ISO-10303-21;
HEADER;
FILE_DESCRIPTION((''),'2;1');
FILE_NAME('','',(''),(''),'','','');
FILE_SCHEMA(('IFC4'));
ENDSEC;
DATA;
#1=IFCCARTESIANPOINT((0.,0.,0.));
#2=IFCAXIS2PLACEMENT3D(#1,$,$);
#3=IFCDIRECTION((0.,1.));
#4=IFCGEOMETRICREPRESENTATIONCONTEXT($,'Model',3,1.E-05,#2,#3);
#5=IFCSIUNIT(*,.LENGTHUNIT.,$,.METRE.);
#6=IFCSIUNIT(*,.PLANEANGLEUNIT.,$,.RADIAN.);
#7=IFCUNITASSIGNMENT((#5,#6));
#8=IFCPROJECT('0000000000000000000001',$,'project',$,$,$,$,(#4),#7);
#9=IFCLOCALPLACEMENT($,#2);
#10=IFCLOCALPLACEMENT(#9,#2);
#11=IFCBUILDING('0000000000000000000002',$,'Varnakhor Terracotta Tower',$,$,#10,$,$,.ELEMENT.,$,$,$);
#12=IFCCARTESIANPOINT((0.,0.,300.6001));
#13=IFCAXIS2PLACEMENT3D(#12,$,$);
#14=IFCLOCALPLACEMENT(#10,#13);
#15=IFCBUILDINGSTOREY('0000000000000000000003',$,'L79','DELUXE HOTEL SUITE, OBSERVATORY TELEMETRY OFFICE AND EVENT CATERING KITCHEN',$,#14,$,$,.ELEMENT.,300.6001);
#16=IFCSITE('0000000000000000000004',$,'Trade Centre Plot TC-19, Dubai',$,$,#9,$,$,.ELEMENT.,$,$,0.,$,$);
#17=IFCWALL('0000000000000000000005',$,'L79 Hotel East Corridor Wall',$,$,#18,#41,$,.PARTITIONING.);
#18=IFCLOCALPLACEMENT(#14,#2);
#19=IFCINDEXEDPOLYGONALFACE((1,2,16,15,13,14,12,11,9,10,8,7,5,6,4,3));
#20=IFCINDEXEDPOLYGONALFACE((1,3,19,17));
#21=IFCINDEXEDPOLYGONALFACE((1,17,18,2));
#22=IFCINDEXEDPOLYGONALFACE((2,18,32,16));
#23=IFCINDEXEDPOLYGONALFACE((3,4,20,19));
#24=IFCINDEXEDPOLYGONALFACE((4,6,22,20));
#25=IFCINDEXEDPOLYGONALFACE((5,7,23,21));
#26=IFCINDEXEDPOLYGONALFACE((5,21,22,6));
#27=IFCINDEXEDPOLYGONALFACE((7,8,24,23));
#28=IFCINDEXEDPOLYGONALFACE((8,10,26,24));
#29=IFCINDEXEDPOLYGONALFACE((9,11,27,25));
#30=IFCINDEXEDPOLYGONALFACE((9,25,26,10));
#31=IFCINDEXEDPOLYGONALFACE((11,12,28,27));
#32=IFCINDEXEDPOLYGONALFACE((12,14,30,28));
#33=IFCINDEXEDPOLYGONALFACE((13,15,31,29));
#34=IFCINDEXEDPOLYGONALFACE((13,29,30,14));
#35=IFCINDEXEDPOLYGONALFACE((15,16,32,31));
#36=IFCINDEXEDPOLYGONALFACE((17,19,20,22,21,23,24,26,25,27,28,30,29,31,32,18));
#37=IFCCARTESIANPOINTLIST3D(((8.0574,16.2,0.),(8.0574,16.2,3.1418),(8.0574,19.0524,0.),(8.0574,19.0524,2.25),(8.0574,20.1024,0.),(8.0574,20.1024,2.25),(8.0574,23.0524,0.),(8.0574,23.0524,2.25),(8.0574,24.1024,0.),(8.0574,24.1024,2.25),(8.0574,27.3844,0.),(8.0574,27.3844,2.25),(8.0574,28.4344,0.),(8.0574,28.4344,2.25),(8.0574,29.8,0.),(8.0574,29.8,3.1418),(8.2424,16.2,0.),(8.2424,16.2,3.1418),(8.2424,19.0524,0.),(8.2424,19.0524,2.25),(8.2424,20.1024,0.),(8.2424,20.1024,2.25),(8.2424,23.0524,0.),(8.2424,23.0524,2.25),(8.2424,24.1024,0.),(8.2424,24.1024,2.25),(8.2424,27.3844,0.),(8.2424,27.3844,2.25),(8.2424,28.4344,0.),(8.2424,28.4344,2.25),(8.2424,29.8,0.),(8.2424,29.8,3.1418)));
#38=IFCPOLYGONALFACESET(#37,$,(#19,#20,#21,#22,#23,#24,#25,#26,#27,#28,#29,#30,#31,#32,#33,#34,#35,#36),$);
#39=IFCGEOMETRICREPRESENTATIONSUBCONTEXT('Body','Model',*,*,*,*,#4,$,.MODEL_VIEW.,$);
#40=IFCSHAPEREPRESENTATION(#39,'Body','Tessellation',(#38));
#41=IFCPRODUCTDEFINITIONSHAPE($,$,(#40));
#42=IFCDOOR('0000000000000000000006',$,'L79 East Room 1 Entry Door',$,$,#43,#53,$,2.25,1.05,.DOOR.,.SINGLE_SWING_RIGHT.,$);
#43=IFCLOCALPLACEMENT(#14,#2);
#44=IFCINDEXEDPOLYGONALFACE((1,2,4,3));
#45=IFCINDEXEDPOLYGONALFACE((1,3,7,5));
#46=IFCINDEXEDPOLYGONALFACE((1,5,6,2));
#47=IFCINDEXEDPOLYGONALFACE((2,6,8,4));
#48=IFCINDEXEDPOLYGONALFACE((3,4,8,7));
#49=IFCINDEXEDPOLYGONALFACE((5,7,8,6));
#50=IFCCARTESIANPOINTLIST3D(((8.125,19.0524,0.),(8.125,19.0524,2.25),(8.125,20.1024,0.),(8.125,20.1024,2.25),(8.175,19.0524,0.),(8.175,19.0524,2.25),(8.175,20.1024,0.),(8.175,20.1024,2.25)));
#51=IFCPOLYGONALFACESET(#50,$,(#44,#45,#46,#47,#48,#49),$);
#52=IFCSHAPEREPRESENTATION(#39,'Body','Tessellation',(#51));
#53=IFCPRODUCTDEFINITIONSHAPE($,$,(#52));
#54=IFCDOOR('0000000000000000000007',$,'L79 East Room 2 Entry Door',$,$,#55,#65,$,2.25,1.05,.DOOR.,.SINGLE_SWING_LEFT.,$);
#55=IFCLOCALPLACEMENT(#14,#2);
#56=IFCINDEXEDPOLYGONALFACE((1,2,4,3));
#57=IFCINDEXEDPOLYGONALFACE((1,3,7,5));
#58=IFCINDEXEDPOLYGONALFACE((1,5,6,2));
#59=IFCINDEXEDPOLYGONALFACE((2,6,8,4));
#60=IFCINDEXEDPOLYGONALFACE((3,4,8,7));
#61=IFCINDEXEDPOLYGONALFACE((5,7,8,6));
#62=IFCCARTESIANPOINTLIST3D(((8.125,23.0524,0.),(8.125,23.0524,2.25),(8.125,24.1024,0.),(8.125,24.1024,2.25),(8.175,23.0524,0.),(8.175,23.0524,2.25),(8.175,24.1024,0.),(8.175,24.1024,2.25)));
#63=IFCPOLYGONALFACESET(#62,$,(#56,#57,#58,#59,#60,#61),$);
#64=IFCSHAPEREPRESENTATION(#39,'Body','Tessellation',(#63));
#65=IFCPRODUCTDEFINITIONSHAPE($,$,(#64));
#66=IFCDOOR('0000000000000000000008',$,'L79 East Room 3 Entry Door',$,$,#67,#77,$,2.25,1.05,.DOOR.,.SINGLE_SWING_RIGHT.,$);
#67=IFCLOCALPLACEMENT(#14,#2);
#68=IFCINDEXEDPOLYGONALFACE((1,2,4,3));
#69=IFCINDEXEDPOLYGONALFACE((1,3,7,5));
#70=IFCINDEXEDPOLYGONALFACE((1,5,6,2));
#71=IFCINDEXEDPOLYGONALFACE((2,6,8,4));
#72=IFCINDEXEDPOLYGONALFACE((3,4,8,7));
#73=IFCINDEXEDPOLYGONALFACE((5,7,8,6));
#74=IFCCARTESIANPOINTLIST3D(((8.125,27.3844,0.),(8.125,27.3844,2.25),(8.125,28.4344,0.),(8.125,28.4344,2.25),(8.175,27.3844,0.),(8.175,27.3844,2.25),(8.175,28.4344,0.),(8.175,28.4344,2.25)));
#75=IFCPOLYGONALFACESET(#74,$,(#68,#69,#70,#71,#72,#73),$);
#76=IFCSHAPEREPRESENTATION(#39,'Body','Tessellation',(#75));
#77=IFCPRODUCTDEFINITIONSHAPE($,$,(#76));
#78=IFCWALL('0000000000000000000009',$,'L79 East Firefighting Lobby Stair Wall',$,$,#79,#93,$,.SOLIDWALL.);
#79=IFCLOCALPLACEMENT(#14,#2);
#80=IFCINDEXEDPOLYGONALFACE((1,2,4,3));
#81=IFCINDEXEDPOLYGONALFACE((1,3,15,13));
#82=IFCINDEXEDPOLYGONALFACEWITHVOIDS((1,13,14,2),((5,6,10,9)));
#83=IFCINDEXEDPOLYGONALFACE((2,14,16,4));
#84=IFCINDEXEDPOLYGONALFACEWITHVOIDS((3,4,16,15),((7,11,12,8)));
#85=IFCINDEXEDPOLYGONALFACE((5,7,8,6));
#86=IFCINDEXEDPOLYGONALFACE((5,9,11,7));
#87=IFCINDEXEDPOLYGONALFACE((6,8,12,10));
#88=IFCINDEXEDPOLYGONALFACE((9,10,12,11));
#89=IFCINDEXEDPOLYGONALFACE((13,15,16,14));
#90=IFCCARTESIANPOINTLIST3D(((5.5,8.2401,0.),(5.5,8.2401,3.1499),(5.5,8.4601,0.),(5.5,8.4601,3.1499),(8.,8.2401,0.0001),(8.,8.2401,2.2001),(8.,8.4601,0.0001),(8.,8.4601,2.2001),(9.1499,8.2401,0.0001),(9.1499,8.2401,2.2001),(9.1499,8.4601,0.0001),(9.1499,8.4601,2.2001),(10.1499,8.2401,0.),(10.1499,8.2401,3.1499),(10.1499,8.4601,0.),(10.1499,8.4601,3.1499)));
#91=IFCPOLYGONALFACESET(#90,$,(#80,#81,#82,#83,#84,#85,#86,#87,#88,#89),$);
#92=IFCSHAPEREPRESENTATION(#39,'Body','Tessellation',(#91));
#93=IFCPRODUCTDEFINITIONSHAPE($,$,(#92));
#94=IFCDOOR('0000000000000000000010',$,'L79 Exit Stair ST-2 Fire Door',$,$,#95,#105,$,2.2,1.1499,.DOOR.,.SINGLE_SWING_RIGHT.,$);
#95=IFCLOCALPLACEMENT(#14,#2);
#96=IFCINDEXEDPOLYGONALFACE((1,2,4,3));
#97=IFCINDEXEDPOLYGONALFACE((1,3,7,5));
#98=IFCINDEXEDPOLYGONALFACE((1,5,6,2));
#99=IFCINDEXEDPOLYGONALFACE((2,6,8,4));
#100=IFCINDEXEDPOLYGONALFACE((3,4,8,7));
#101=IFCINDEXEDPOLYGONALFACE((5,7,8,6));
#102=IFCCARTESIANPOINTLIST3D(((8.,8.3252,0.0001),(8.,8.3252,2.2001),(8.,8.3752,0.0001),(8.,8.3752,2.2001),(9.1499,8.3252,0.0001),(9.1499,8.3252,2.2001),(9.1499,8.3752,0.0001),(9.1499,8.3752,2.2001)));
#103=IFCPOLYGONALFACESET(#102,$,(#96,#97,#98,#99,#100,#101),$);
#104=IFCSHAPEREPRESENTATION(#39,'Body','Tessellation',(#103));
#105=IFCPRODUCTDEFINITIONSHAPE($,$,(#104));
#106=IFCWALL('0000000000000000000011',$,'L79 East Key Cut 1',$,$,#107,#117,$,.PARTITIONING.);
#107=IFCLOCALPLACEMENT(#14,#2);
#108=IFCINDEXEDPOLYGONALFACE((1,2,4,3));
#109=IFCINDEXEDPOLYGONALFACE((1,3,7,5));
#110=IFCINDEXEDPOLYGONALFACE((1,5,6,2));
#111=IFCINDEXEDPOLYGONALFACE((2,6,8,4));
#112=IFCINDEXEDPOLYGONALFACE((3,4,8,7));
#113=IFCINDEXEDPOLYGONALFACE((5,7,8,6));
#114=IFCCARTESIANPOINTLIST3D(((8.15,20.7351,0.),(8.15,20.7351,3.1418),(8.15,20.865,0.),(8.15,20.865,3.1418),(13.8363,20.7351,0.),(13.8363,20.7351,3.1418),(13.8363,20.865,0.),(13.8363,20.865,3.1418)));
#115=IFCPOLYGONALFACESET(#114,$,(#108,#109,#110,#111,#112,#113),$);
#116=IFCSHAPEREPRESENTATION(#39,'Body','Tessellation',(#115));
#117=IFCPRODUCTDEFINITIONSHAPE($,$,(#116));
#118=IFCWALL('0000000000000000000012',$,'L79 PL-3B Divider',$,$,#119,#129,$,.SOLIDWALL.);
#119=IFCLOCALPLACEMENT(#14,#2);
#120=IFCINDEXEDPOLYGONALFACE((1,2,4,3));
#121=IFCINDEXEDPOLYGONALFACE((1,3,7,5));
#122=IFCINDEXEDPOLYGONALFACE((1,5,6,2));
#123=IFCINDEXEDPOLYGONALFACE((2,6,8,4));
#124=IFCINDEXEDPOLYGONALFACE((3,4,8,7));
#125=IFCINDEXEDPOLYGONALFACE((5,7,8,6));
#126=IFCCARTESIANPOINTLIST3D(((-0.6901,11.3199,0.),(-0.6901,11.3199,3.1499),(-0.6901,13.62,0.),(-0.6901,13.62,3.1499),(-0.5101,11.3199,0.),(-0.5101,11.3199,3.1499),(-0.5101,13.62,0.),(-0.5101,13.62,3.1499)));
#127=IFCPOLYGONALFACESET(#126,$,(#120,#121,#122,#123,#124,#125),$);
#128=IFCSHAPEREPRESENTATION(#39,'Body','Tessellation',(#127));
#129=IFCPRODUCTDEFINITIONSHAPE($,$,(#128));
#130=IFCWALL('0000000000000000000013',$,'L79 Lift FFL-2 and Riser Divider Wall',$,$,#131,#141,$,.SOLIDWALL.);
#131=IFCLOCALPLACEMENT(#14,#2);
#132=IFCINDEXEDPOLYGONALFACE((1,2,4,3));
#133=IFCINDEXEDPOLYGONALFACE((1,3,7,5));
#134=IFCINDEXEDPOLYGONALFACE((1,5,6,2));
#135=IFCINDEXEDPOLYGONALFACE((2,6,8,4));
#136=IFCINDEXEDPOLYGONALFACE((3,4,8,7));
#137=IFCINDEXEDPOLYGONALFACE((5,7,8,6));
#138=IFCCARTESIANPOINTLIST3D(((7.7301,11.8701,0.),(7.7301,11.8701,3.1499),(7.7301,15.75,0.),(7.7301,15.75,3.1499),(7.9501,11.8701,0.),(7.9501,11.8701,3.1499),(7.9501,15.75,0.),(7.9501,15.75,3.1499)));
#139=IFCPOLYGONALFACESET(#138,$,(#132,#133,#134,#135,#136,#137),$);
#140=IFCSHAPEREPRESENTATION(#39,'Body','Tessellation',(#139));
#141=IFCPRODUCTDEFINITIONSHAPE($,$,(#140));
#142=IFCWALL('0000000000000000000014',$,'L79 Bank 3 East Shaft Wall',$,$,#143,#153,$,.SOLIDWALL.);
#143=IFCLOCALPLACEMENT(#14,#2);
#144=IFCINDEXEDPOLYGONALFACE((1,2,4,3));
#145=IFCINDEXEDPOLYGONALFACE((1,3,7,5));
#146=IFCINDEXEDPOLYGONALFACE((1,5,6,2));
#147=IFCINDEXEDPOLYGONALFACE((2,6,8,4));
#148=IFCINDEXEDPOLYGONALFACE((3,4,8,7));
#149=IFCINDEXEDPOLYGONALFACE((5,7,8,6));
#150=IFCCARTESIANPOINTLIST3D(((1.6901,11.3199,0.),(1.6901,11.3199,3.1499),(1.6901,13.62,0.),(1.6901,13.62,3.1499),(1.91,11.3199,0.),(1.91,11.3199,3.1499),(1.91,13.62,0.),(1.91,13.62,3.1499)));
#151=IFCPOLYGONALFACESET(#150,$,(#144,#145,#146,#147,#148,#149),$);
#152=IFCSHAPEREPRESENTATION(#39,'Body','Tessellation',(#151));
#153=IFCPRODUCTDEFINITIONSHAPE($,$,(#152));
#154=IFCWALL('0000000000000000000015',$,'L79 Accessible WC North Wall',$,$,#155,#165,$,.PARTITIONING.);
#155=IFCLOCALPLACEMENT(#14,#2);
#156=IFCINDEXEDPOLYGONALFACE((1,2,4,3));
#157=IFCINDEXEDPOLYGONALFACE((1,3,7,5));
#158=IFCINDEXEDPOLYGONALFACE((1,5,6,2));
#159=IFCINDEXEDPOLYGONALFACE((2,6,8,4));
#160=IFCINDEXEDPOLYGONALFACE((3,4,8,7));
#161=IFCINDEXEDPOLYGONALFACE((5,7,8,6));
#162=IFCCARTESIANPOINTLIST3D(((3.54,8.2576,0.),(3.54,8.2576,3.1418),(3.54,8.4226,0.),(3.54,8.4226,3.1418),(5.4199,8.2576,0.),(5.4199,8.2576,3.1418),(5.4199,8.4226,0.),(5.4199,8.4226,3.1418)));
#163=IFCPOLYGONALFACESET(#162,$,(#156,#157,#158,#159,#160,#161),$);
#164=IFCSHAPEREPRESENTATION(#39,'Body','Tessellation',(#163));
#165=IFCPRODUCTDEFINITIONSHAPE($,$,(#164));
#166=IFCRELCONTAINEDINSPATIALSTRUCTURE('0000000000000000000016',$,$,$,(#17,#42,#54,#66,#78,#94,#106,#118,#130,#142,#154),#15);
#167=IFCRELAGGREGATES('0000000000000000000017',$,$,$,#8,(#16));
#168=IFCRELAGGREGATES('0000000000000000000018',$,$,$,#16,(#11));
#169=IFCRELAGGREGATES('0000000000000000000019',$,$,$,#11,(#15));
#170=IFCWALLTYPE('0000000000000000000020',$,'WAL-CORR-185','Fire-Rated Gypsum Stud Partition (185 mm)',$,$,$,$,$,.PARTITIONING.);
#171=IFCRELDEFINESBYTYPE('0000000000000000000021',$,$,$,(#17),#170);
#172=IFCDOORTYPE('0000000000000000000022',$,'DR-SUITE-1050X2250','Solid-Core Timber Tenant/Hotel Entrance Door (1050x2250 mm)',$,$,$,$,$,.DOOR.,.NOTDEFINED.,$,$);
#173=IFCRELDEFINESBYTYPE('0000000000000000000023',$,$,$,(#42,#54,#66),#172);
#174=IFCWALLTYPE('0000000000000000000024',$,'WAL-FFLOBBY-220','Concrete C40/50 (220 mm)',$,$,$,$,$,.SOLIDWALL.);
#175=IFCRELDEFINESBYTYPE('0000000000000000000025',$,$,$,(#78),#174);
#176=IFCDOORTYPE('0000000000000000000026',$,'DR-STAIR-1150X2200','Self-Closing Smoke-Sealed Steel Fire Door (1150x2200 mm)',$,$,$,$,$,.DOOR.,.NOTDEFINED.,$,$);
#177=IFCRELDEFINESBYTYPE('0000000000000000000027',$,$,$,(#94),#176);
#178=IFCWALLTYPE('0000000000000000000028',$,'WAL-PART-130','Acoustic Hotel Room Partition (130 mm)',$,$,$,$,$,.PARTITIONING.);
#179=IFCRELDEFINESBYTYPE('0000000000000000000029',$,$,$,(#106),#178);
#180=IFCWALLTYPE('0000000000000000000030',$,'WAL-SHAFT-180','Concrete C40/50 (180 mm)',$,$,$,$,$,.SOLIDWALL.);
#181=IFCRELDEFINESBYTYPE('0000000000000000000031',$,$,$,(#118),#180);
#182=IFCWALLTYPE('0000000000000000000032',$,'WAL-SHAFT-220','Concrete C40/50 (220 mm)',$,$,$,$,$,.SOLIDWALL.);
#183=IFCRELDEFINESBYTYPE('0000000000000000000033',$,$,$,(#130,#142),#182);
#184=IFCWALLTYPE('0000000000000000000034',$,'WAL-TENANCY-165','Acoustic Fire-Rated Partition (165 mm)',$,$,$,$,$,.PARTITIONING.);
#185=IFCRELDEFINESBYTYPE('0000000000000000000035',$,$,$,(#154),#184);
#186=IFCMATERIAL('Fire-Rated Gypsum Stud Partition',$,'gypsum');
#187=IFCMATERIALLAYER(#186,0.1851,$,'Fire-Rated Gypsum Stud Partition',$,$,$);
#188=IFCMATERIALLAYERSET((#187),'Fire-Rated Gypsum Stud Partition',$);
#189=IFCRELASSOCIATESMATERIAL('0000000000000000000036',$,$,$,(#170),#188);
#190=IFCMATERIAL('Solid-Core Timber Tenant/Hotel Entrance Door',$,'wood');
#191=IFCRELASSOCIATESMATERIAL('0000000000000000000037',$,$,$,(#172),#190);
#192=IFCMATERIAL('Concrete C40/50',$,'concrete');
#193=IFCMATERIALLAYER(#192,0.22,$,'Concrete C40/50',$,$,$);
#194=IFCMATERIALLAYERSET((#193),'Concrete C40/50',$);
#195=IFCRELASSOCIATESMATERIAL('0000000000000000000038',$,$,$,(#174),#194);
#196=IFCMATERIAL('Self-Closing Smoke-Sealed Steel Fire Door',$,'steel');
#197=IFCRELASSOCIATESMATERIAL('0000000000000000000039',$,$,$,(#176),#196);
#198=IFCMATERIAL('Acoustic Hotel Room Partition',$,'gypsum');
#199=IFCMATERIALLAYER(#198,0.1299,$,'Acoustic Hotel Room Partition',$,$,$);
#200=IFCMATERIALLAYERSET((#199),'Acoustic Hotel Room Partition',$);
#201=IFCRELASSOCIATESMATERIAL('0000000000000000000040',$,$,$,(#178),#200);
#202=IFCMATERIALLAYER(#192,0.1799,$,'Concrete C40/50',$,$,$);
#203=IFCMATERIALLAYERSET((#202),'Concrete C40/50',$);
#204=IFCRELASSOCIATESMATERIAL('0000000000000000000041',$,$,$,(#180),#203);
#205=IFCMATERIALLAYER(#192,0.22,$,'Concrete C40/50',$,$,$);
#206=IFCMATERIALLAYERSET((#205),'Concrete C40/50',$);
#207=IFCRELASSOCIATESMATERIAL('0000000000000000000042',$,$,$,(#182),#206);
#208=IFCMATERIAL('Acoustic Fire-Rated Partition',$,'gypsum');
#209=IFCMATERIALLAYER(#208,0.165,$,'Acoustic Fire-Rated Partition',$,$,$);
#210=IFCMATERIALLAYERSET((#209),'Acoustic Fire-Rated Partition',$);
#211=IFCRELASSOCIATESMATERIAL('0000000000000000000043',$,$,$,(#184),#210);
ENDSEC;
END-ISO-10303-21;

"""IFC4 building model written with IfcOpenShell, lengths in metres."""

from ifc_helpers import new_model, si_unit, direction, frame, frame_2d, origin, place, context, subcontext, project, spatial, rectangle, extrude, source, transform, mapped, material, layer, layer_set, type_object, type_shapes, element, fill, save


model = new_model("IFC4")

# Units and contexts
model_context = context("Model", 3, precision=1e-05, world=origin(), true_north=direction((0.0, 1.0)))
body_context = subcontext(model_context, "Body", "Model", "MODEL_VIEW")
ifc_project = project(units=[si_unit("LENGTHUNIT", "METRE"), si_unit("PLANEANGLEUNIT", "RADIAN")], contexts=[model_context])

# Site, building, storey
site_placement = place(None, origin())
site = spatial("IfcSite", under=ifc_project, at=site_placement, Name="Trade Centre Plot TC-19, Dubai", CompositionType="ELEMENT", RefElevation=0.0)
building_placement = place(site_placement, origin())
building = spatial("IfcBuilding", under=site, at=building_placement, Name="Varnakhor Terracotta Tower", CompositionType="ELEMENT")
storey_placement = place(building_placement, frame((0.0, 0.0, 300.6001)))
storey = spatial("IfcBuildingStorey", under=building, at=storey_placement, Name="L79", Description="DELUXE HOTEL SUITE, OBSERVATORY TELEMETRY OFFICE AND EVENT CATERING KITCHEN", CompositionType="ELEMENT", Elevation=300.6001)

# Shared definitions
ifc_material_1 = material(Name="Fire-Rated Gypsum Stud Partition", Category="gypsum")
ifc_layer_1 = layer(ifc_material_1, 0.1851, Name="Fire-Rated Gypsum Stud Partition")
ifc_layer_set_1 = layer_set([ifc_layer_1], Name="Fire-Rated Gypsum Stud Partition")
wall_type_1 = type_object("IfcWallType", Name="WAL-CORR-185", Description="Fire-Rated Gypsum Stud Partition (185 mm)", PredefinedType="PARTITIONING", material=ifc_layer_set_1)

# Wall, openings, doors
wall_1_placement = place(storey_placement, frame((8.1499, 16.2, 0.0), z_axis=(0.0, 0.0, 1.0), x_axis=(0.0, 1.0, 0.0)))
wall_1 = element("IfcWall", 1, at=wall_1_placement, inside=storey, type_object=wall_type_1, Name="L79 Hotel East Corridor Wall", PredefinedType="PARTITIONING", context=body_context, shape_type="SweptSolid", body=[
    extrude(rectangle(XDim=13.6001, YDim=0.1851, at=frame_2d((6.8, 0.0))), origin(), (0.0, 0.0, 1.0), 3.1418),
])
opening_1_placement = place(wall_1_placement, frame((2.8525, 0.0, 0.0)))
opening_1 = element("IfcOpeningElement", 2, at=opening_1_placement, cuts=wall_1, PredefinedType="OPENING", context=body_context, shape_type="SweptSolid", body=[
    extrude(rectangle(XDim=1.05, YDim=2.25, at=frame_2d((0.5249, 1.125))), frame((0.0, 0.1025, 0.0), z_axis=(0.0, -1.0, 0.0), x_axis=(1.0, 0.0, 0.0)), (0.0, 0.0, 1.0), 0.2051),
])
opening_2_placement = place(wall_1_placement, frame((6.8525, 0.0, 0.0)))
opening_2 = element("IfcOpeningElement", 3, at=opening_2_placement, cuts=wall_1, PredefinedType="OPENING", context=body_context, shape_type="SweptSolid", body=[
    extrude(rectangle(XDim=1.05, YDim=2.25, at=frame_2d((0.5249, 1.125))), frame((0.0, 0.1025, 0.0), z_axis=(0.0, -1.0, 0.0), x_axis=(1.0, 0.0, 0.0)), (0.0, 0.0, 1.0), 0.2051),
])
opening_3_placement = place(wall_1_placement, frame((11.1846, 0.0, 0.0)))
opening_3 = element("IfcOpeningElement", 4, at=opening_3_placement, cuts=wall_1, PredefinedType="OPENING", context=body_context, shape_type="SweptSolid", body=[
    extrude(rectangle(XDim=1.05, YDim=2.25, at=frame_2d((0.5249, 1.125))), frame((0.0, 0.1025, 0.0), z_axis=(0.0, -1.0, 0.0), x_axis=(1.0, 0.0, 0.0)), (0.0, 0.0, 1.0), 0.2051),
])
ifc_material_2 = material(Name="Solid-Core Timber Tenant/Hotel Entrance Door", Category="wood")
door_type_1 = type_object("IfcDoorType", Name="DR-SUITE-1050X2250", Description="Solid-Core Timber Tenant/Hotel Entrance Door (1050x2250 mm)", OperationType="NOTDEFINED", PredefinedType="DOOR", material=ifc_material_2)
shared_shape_1 = source(origin(), body_context, "Body", "SweptSolid", [
    extrude(rectangle(XDim=1.05, YDim=2.25, at=frame_2d((0.5249, 1.125))), frame((0.0, 0.0249, 0.0), z_axis=(0.0, -1.0, 0.0), x_axis=(1.0, 0.0, 0.0)), (0.0, 0.0, 1.0), 0.05),
])
type_shapes(door_type_1, [shared_shape_1])
door_1_placement = place(opening_1_placement, origin())
door_1 = element("IfcDoor", 5, at=door_1_placement, inside=storey, type_object=door_type_1, Name="L79 East Room 1 Entry Door", OperationType="SINGLE_SWING_RIGHT", OverallHeight=2.25, OverallWidth=1.05, PredefinedType="DOOR", context=body_context, shape_type="MappedRepresentation", body=[
    mapped(shared_shape_1, transform((0.0, 0.0, 0.0), scale=1.0)),
])
fill(opening_1, door_1)
door_2_placement = place(opening_2_placement, origin())
door_2 = element("IfcDoor", 6, at=door_2_placement, inside=storey, type_object=door_type_1, Name="L79 East Room 2 Entry Door", OperationType="SINGLE_SWING_LEFT", OverallHeight=2.25, OverallWidth=1.05, PredefinedType="DOOR", context=body_context, shape_type="MappedRepresentation", body=[
    mapped(shared_shape_1, transform((0.0, 0.0, 0.0), scale=1.0)),
])
fill(opening_2, door_2)
door_3_placement = place(opening_3_placement, origin())
door_3 = element("IfcDoor", 7, at=door_3_placement, inside=storey, type_object=door_type_1, Name="L79 East Room 3 Entry Door", OperationType="SINGLE_SWING_RIGHT", OverallHeight=2.25, OverallWidth=1.05, PredefinedType="DOOR", context=body_context, shape_type="MappedRepresentation", body=[
    mapped(shared_shape_1, transform((0.0, 0.0, 0.0), scale=1.0)),
])
fill(opening_3, door_3)

# Wall, opening, door
ifc_material_3 = material(Name="Concrete C40/50", Category="concrete")
ifc_layer_2 = layer(ifc_material_3, 0.22, Name="Concrete C40/50")
ifc_layer_set_2 = layer_set([ifc_layer_2], Name="Concrete C40/50")
wall_type_2 = type_object("IfcWallType", Name="WAL-FFLOBBY-220", Description="Concrete C40/50 (220 mm)", PredefinedType="SOLIDWALL", material=ifc_layer_set_2)
wall_2_placement = place(storey_placement, frame((10.1499, 8.3501, 0.0), z_axis=(0.0, 0.0, 1.0), x_axis=(-1.0, 0.0, 0.0)))
wall_2 = element("IfcWall", 8, at=wall_2_placement, inside=storey, type_object=wall_type_2, Name="L79 East Firefighting Lobby Stair Wall", PredefinedType="SOLIDWALL", context=body_context, shape_type="SweptSolid", body=[
    extrude(rectangle(XDim=4.6499, YDim=0.22, at=frame_2d((2.325, 0.0))), origin(), (0.0, 0.0, 1.0), 3.1499),
])
opening_4_placement = place(wall_2_placement, frame((1.0, 0.0, 0.0)))
opening_4 = element("IfcOpeningElement", 9, at=opening_4_placement, cuts=wall_2, PredefinedType="OPENING", context=body_context, shape_type="SweptSolid", body=[
    extrude(rectangle(XDim=1.1499, YDim=2.2, at=frame_2d((0.575, 1.1001))), frame((0.0, 0.1201, 0.0), z_axis=(0.0, -1.0, 0.0), x_axis=(1.0, 0.0, 0.0)), (0.0, 0.0, 1.0), 0.24),
])
ifc_material_4 = material(Name="Self-Closing Smoke-Sealed Steel Fire Door", Category="steel")
door_type_2 = type_object("IfcDoorType", Name="DR-STAIR-1150X2200", Description="Self-Closing Smoke-Sealed Steel Fire Door (1150x2200 mm)", OperationType="NOTDEFINED", PredefinedType="DOOR", material=ifc_material_4)
shared_shape_2 = source(origin(), body_context, "Body", "SweptSolid", [
    extrude(rectangle(XDim=1.1499, YDim=2.2, at=frame_2d((0.575, 1.1001))), frame((0.0, 0.0249, 0.0), z_axis=(0.0, -1.0, 0.0), x_axis=(1.0, 0.0, 0.0)), (0.0, 0.0, 1.0), 0.05),
])
type_shapes(door_type_2, [shared_shape_2])
door_4_placement = place(opening_4_placement, origin())
door_4 = element("IfcDoor", 10, at=door_4_placement, inside=storey, type_object=door_type_2, Name="L79 Exit Stair ST-2 Fire Door", OperationType="SINGLE_SWING_RIGHT", OverallHeight=2.2, OverallWidth=1.1499, PredefinedType="DOOR", context=body_context, shape_type="MappedRepresentation", body=[
    mapped(shared_shape_2, transform((0.0, 0.0, 0.0), scale=1.0)),
])
fill(opening_4, door_4)

# Walls
ifc_material_5 = material(Name="Acoustic Hotel Room Partition", Category="gypsum")
ifc_layer_3 = layer(ifc_material_5, 0.1299, Name="Acoustic Hotel Room Partition")
ifc_layer_set_3 = layer_set([ifc_layer_3], Name="Acoustic Hotel Room Partition")
wall_type_3 = type_object("IfcWallType", Name="WAL-PART-130", Description="Acoustic Hotel Room Partition (130 mm)", PredefinedType="PARTITIONING", material=ifc_layer_set_3)
wall_3_placement = place(storey_placement, frame((8.1499, 20.8, 0.0), z_axis=(0.0, 0.0, 1.0), x_axis=(1.0, 0.0, 0.0)))
element("IfcWall", 11, at=wall_3_placement, inside=storey, type_object=wall_type_3, Name="L79 East Key Cut 1", PredefinedType="PARTITIONING", context=body_context, shape_type="SweptSolid", body=[
    extrude(rectangle(XDim=5.6863, YDim=0.1299, at=frame_2d((2.8433, 0.0))), origin(), (0.0, 0.0, 1.0), 3.1418),
])
ifc_layer_4 = layer(ifc_material_3, 0.1799, Name="Concrete C40/50")
ifc_layer_set_4 = layer_set([ifc_layer_4], Name="Concrete C40/50")
wall_type_4 = type_object("IfcWallType", Name="WAL-SHAFT-180", Description="Concrete C40/50 (180 mm)", PredefinedType="SOLIDWALL", material=ifc_layer_set_4)
wall_4_placement = place(storey_placement, frame((-0.6001, 11.3201, 0.0), z_axis=(0.0, 0.0, 1.0), x_axis=(0.0, 1.0, 0.0)))
element("IfcWall", 12, at=wall_4_placement, inside=storey, type_object=wall_type_4, Name="L79 PL-3B Divider", PredefinedType="SOLIDWALL", context=body_context, shape_type="SweptSolid", body=[
    extrude(rectangle(XDim=2.3, YDim=0.1799, at=frame_2d((1.1499, 0.0))), origin(), (0.0, 0.0, 1.0), 3.1499),
])
ifc_layer_5 = layer(ifc_material_3, 0.22, Name="Concrete C40/50")
ifc_layer_set_5 = layer_set([ifc_layer_5], Name="Concrete C40/50")
wall_type_5 = type_object("IfcWallType", Name="WAL-SHAFT-220", Description="Concrete C40/50 (220 mm)", PredefinedType="SOLIDWALL", material=ifc_layer_set_5)
wall_5_placement = place(storey_placement, frame((7.8401, 11.8701, 0.0), z_axis=(0.0, 0.0, 1.0), x_axis=(0.0, 1.0, 0.0)))
element("IfcWall", 13, at=wall_5_placement, inside=storey, type_object=wall_type_5, Name="L79 Lift FFL-2 and Riser Divider Wall", PredefinedType="SOLIDWALL", context=body_context, shape_type="SweptSolid", body=[
    extrude(rectangle(XDim=3.8799, YDim=0.22, at=frame_2d((1.9399, 0.0))), origin(), (0.0, 0.0, 1.0), 3.1499),
])
wall_6_placement = place(storey_placement, frame((1.8, 11.3201, 0.0), z_axis=(0.0, 0.0, 1.0), x_axis=(0.0, 1.0, 0.0)))
element("IfcWall", 14, at=wall_6_placement, inside=storey, type_object=wall_type_5, Name="L79 Bank 3 East Shaft Wall", PredefinedType="SOLIDWALL", context=body_context, shape_type="SweptSolid", body=[
    extrude(rectangle(XDim=2.3, YDim=0.22, at=frame_2d((1.1499, 0.0))), origin(), (0.0, 0.0, 1.0), 3.1499),
])
ifc_material_6 = material(Name="Acoustic Fire-Rated Partition", Category="gypsum")
ifc_layer_6 = layer(ifc_material_6, 0.165, Name="Acoustic Fire-Rated Partition")
ifc_layer_set_6 = layer_set([ifc_layer_6], Name="Acoustic Fire-Rated Partition")
wall_type_6 = type_object("IfcWallType", Name="WAL-TENANCY-165", Description="Acoustic Fire-Rated Partition (165 mm)", PredefinedType="PARTITIONING", material=ifc_layer_set_6)
wall_7_placement = place(storey_placement, frame((3.54, 8.3401, 0.0), z_axis=(0.0, 0.0, 1.0), x_axis=(1.0, 0.0, 0.0)))
element("IfcWall", 15, at=wall_7_placement, inside=storey, type_object=wall_type_6, Name="L79 Accessible WC North Wall", PredefinedType="PARTITIONING", context=body_context, shape_type="SweptSolid", body=[
    extrude(rectangle(XDim=1.8799, YDim=0.165, at=frame_2d((0.9399, 0.0))), origin(), (0.0, 0.0, 1.0), 3.1418),
])

save(model, "model.ifc")
